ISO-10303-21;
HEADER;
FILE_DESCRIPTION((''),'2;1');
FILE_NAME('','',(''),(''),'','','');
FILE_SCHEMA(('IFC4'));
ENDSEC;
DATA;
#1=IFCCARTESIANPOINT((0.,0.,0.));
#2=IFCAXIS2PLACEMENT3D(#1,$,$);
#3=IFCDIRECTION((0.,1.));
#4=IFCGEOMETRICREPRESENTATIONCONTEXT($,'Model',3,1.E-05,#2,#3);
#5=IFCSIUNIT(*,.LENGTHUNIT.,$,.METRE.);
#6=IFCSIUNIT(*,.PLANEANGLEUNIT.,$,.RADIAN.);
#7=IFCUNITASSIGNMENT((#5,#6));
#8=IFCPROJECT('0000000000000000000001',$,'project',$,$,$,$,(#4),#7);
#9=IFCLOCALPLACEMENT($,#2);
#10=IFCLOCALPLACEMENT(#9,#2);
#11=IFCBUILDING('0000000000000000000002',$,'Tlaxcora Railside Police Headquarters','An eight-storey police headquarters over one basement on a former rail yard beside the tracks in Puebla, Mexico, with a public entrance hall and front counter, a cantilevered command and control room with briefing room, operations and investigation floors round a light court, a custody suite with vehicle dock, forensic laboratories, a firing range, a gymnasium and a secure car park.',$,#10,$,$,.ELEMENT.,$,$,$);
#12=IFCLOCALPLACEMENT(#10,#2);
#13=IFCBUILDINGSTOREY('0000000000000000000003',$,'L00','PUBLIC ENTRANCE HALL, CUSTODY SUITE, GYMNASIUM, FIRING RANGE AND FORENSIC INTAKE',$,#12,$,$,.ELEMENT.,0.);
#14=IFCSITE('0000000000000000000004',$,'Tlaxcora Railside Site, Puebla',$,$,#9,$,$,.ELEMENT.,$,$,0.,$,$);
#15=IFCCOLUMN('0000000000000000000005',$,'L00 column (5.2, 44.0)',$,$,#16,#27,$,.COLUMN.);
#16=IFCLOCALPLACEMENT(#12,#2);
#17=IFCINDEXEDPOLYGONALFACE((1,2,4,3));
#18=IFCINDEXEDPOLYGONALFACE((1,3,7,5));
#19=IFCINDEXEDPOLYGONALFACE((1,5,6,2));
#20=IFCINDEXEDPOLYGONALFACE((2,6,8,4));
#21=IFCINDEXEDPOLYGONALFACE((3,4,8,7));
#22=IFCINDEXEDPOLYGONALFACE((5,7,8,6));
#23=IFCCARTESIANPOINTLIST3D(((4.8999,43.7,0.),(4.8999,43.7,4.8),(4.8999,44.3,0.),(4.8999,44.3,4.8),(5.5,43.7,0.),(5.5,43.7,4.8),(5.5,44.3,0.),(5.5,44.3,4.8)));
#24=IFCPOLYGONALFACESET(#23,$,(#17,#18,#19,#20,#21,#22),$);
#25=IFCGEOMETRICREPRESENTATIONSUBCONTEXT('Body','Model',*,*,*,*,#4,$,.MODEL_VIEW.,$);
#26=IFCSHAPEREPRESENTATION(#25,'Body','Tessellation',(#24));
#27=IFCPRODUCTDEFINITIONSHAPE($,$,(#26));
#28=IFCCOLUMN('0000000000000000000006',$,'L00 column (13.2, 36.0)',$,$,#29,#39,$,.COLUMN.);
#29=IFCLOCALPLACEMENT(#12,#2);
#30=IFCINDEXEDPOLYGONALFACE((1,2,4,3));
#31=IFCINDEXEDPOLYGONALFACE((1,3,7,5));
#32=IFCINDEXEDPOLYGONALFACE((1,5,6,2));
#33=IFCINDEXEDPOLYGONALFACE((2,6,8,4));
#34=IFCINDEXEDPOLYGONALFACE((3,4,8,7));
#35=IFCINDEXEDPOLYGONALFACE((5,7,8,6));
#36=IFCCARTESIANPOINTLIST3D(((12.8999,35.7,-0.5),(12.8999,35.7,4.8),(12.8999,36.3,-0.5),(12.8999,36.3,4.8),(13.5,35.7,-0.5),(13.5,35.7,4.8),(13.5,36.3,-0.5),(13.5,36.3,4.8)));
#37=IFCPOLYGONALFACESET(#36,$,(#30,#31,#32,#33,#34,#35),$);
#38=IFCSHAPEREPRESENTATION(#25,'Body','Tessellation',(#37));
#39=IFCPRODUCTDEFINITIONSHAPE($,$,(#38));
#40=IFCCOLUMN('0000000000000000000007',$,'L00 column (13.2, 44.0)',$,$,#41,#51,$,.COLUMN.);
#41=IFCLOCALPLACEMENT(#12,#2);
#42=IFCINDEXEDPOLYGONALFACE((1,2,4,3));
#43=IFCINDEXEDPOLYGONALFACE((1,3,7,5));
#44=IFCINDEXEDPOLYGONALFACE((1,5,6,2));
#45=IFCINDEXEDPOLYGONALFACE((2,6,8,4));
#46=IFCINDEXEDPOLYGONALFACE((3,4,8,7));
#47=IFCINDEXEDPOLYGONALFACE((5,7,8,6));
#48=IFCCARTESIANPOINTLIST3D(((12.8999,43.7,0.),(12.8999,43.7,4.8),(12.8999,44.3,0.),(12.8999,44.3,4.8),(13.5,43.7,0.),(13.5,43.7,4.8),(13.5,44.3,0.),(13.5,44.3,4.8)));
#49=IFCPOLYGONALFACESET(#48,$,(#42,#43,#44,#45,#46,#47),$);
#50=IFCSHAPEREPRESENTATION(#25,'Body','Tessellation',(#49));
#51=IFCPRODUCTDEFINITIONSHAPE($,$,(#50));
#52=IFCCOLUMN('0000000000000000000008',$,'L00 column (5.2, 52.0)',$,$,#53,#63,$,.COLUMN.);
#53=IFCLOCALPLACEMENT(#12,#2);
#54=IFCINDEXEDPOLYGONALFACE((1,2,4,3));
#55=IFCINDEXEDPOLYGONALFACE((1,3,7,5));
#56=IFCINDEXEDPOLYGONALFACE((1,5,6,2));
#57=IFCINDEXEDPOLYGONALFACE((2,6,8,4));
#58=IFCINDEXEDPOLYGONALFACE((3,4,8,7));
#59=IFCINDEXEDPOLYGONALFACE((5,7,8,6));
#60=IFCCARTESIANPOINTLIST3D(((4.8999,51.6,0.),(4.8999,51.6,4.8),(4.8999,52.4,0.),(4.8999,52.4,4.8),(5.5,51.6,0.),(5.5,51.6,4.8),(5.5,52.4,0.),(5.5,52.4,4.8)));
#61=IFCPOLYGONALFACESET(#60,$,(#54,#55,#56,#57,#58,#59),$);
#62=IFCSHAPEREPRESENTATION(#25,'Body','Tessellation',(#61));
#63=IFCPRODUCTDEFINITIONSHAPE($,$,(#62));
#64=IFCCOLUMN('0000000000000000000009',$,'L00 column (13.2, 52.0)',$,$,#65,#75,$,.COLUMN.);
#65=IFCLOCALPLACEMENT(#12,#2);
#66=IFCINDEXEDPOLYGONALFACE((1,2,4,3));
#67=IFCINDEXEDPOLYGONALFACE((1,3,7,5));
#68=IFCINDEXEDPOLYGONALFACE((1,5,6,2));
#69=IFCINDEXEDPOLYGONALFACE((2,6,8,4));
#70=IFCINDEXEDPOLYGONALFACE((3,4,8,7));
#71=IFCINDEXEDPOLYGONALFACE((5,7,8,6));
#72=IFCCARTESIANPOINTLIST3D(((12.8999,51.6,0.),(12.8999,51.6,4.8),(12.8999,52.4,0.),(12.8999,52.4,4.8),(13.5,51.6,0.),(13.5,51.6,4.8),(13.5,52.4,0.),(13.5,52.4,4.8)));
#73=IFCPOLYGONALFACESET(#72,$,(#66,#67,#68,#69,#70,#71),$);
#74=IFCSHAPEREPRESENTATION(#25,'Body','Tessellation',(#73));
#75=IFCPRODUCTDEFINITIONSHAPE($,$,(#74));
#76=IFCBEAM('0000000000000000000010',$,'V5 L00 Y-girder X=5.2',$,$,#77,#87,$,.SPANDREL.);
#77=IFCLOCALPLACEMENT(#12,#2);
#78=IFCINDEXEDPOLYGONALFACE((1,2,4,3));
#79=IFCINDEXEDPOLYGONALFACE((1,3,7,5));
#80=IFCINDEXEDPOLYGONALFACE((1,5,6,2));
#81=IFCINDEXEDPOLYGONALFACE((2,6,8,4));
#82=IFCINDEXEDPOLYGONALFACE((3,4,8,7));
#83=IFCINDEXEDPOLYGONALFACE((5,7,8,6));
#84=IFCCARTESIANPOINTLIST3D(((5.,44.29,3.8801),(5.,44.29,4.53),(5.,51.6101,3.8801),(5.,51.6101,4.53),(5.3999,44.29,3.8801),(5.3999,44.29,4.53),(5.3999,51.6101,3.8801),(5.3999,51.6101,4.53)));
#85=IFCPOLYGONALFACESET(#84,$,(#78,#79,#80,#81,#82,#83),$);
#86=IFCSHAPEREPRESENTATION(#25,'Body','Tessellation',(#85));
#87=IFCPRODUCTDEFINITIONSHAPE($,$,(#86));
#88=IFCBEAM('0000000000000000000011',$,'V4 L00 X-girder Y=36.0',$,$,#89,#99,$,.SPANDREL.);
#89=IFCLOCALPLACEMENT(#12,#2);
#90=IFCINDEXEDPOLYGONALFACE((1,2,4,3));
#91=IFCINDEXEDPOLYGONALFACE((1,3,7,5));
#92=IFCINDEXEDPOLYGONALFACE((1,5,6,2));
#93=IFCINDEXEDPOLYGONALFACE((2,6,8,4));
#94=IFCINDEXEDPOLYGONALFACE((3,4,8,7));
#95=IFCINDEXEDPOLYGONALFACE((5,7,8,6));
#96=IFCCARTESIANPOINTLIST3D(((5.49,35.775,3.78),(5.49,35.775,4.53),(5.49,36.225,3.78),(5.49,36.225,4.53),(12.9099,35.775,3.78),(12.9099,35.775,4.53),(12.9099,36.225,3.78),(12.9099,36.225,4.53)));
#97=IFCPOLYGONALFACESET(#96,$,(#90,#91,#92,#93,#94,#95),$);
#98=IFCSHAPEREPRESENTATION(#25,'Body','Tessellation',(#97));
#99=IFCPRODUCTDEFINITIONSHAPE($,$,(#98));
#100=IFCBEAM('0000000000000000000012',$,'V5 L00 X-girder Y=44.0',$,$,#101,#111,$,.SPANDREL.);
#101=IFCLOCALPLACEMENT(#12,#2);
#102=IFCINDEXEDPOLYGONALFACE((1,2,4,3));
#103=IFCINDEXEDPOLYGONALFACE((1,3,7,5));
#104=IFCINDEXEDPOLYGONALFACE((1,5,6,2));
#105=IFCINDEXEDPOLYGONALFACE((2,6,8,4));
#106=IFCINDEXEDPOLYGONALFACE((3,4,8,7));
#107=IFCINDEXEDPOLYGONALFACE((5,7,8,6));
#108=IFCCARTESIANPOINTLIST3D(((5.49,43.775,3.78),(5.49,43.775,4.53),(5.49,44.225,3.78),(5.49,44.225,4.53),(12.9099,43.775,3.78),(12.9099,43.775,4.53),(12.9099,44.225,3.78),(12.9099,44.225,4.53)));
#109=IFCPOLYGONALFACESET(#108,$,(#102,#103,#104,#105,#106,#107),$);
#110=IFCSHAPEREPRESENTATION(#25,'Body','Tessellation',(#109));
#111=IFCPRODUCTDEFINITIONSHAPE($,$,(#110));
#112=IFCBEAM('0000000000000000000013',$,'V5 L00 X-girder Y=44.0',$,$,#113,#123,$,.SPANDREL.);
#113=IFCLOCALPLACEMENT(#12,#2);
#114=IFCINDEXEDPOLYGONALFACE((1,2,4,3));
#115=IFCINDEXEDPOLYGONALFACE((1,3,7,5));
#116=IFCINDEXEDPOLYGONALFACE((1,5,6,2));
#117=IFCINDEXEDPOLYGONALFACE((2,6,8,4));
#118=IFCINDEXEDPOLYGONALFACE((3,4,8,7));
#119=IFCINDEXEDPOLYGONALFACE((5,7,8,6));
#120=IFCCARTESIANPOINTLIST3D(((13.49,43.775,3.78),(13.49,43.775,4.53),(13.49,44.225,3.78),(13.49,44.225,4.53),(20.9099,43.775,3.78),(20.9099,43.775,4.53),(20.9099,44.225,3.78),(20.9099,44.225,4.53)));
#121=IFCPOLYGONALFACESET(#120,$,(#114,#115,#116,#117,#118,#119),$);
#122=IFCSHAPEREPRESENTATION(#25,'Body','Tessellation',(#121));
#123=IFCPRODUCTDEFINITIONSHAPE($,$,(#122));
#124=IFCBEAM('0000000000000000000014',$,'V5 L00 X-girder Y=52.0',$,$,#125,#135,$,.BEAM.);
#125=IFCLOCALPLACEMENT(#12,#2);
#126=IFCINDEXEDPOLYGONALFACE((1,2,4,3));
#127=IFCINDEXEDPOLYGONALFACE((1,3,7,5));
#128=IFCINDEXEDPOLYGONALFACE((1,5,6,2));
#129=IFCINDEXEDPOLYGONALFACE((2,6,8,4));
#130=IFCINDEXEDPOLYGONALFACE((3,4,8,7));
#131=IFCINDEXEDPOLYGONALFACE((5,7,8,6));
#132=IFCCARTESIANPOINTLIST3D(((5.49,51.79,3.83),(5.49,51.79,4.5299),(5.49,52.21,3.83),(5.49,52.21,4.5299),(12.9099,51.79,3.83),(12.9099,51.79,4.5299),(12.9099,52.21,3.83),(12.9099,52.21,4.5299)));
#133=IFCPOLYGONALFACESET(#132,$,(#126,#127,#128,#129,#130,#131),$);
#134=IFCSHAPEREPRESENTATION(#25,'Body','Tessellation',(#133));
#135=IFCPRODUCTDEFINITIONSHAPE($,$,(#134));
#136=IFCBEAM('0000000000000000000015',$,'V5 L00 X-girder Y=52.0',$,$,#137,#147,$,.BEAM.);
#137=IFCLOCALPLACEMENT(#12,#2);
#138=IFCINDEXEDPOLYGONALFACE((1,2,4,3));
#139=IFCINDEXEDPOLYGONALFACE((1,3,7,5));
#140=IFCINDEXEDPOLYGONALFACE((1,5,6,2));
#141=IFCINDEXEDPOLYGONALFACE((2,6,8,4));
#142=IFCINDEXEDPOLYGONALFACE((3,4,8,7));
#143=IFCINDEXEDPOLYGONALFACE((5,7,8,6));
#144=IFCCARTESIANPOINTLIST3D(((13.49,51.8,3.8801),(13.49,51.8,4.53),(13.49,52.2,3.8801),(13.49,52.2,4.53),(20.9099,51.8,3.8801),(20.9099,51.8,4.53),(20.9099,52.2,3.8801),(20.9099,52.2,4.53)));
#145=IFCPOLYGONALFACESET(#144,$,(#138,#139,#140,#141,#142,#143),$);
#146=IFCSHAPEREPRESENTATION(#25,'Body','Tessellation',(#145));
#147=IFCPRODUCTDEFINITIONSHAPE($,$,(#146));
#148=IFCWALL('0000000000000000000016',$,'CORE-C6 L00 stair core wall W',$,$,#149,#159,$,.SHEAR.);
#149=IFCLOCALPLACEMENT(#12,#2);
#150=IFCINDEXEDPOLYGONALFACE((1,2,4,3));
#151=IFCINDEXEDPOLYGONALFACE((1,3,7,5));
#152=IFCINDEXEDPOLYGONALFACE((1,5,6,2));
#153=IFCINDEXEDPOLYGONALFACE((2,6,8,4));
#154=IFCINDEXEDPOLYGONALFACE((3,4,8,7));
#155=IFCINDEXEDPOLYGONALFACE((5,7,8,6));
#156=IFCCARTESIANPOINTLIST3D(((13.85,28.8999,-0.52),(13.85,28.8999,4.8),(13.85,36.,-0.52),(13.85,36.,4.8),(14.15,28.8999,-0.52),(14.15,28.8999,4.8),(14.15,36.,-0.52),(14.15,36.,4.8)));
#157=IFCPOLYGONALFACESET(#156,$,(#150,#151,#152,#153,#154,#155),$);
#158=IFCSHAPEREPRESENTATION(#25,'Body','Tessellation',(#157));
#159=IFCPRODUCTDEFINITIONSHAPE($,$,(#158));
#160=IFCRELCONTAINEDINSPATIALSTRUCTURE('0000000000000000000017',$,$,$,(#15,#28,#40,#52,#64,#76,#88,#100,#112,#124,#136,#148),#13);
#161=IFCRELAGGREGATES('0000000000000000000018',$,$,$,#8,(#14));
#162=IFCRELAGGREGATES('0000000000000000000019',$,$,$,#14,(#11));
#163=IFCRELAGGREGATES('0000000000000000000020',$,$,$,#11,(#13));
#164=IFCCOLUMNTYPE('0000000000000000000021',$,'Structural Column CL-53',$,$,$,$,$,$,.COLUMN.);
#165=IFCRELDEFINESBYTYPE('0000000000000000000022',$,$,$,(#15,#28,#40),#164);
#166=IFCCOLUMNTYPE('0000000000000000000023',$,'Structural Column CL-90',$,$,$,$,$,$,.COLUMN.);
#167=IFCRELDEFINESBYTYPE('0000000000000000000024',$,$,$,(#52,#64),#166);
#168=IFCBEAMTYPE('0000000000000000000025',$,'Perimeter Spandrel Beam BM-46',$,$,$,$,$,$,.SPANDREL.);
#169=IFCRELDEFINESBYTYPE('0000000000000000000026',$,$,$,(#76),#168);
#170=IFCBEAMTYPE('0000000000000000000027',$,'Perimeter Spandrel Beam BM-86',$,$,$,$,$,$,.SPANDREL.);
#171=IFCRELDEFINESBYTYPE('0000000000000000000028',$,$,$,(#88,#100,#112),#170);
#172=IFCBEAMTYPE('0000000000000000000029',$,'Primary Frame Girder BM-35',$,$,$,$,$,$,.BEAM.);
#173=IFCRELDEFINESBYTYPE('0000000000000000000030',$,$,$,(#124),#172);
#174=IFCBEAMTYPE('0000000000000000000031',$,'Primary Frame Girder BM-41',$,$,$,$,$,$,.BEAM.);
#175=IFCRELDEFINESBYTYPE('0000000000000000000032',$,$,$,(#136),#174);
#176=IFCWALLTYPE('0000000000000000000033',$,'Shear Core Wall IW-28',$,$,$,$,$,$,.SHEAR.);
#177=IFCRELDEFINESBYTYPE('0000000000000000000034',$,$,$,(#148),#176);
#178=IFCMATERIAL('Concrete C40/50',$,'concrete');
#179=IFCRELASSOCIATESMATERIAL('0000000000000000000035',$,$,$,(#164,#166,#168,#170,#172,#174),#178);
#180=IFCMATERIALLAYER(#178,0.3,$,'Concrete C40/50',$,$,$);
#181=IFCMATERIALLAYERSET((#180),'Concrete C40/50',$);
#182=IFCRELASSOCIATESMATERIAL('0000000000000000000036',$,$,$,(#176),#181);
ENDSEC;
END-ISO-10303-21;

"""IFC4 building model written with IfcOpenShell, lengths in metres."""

from ifc_helpers import new_model, si_unit, direction, frame, frame_2d, origin, origin_2d, place, context, subcontext, project, spatial, rectangle, extrude, material, layer, layer_set, material_profile, profile_set, type_object, element, save


model = new_model("IFC4")

# Units and contexts
model_context = context("Model", 3, precision=1e-05, world=origin(), true_north=direction((0.0, 1.0)))
body_context = subcontext(model_context, "Body", "Model", "MODEL_VIEW")
ifc_project = project(units=[si_unit("LENGTHUNIT", "METRE"), si_unit("PLANEANGLEUNIT", "RADIAN")], contexts=[model_context])

# Site, building, storey
site_placement = place(None, origin())
site = spatial("IfcSite", under=ifc_project, at=site_placement, Name="Tlaxcora Railside Site, Puebla", CompositionType="ELEMENT", RefElevation=0.0)
building_placement = place(site_placement, origin())
building = spatial("IfcBuilding", under=site, at=building_placement, Name="Tlaxcora Railside Police Headquarters", Description="An eight-storey police headquarters over one basement on a former rail yard beside the tracks in Puebla, Mexico, with a public entrance hall and front counter, a cantilevered command and control room with briefing room, operations and investigation floors round a light court, a custody suite with vehicle dock, forensic laboratories, a firing range, a gymnasium and a secure car park.", CompositionType="ELEMENT")
storey_placement = place(building_placement, origin())
storey = spatial("IfcBuildingStorey", under=building, at=storey_placement, Name="L00", Description="PUBLIC ENTRANCE HALL, CUSTODY SUITE, GYMNASIUM, FIRING RANGE AND FORENSIC INTAKE", CompositionType="ELEMENT", Elevation=0.0)

# Shared definitions
ifc_material_1 = material(Name="Concrete C40/50", Category="concrete")

# Columns
ifc_material_profile_1 = material_profile(ifc_material_1, rectangle(XDim=0.6001, YDim=0.6001, at=origin_2d()), Name="RC600X600")
ifc_profile_set_1 = profile_set([ifc_material_profile_1], Name="Concrete C40/50")
column_type_1 = type_object("IfcColumnType", Name="Structural Column CL-53", PredefinedType="COLUMN", material=ifc_profile_set_1)
column_1_placement = place(storey_placement, frame((5.2, 44.0, 0.0), z_axis=(0.0, 0.0, 1.0), x_axis=(1.0, 0.0, 0.0)))
element("IfcColumn", 1, at=column_1_placement, inside=storey, type_object=column_type_1, Name="L00 column (5.2, 44.0)", PredefinedType="COLUMN", context=body_context, shape_type="SweptSolid", body=[
    extrude(rectangle(XDim=0.6001, YDim=0.6001, at=origin_2d()), origin(), (0.0, 0.0, 1.0), 4.8),
])
column_2_placement = place(storey_placement, frame((13.2, 36.0, -0.5), z_axis=(0.0, 0.0, 1.0), x_axis=(1.0, 0.0, 0.0)))
element("IfcColumn", 2, at=column_2_placement, inside=storey, type_object=column_type_1, Name="L00 column (13.2, 36.0)", PredefinedType="COLUMN", context=body_context, shape_type="SweptSolid", body=[
    extrude(rectangle(XDim=0.6001, YDim=0.6001, at=origin_2d()), origin(), (0.0, 0.0, 1.0), 5.3),
])
column_3_placement = place(storey_placement, frame((13.2, 44.0, 0.0), z_axis=(0.0, 0.0, 1.0), x_axis=(1.0, 0.0, 0.0)))
element("IfcColumn", 3, at=column_3_placement, inside=storey, type_object=column_type_1, Name="L00 column (13.2, 44.0)", PredefinedType="COLUMN", context=body_context, shape_type="SweptSolid", body=[
    extrude(rectangle(XDim=0.6001, YDim=0.6001, at=origin_2d()), origin(), (0.0, 0.0, 1.0), 4.8),
])
ifc_material_profile_2 = material_profile(ifc_material_1, rectangle(XDim=0.6001, YDim=0.8, at=origin_2d()), Name="RC600X800")
ifc_profile_set_2 = profile_set([ifc_material_profile_2], Name="Concrete C40/50")
column_type_2 = type_object("IfcColumnType", Name="Structural Column CL-90", PredefinedType="COLUMN", material=ifc_profile_set_2)
for number, where, z_axis, x_axis, name in (
    (4, (5.2, 52.0, 0.0), (0.0, 0.0, 1.0), (1.0, 0.0, 0.0), "L00 column (5.2, 52.0)"),
    (5, (13.2, 52.0, 0.0), (0.0, 0.0, 1.0), (1.0, 0.0, 0.0), "L00 column (13.2, 52.0)"),
):
    element("IfcColumn", number, at=place(storey_placement, frame(where, z_axis=z_axis, x_axis=x_axis)), inside=storey, type_object=column_type_2, Name=name, PredefinedType="COLUMN", context=body_context, shape_type="SweptSolid", body=[
        extrude(rectangle(XDim=0.6001, YDim=0.8, at=origin_2d()), origin(), (0.0, 0.0, 1.0), 4.8),
    ])

# Beams
ifc_material_profile_3 = material_profile(ifc_material_1, rectangle(XDim=0.3999, YDim=0.6499, at=origin_2d()), Name="RC400X650")
ifc_profile_set_3 = profile_set([ifc_material_profile_3], Name="Concrete C40/50")
beam_type_1 = type_object("IfcBeamType", Name="Perimeter Spandrel Beam BM-46", PredefinedType="SPANDREL", material=ifc_profile_set_3)
beam_1_placement = place(storey_placement, frame((5.2, 44.29, 4.2051), z_axis=(0.0, 1.0, 0.0), x_axis=(-1.0, 0.0, 0.0)))
element("IfcBeam", 6, at=beam_1_placement, inside=storey, type_object=beam_type_1, Name="V5 L00 Y-girder X=5.2", PredefinedType="SPANDREL", context=body_context, shape_type="SweptSolid", body=[
    extrude(rectangle(XDim=0.3999, YDim=0.6499, at=origin_2d()), origin(), (0.0, 0.0, 1.0), 7.3201),
])
ifc_material_profile_4 = material_profile(ifc_material_1, rectangle(XDim=0.45, YDim=0.75, at=origin_2d()), Name="RC450X750")
ifc_profile_set_4 = profile_set([ifc_material_profile_4], Name="Concrete C40/50")
beam_type_2 = type_object("IfcBeamType", Name="Perimeter Spandrel Beam BM-86", PredefinedType="SPANDREL", material=ifc_profile_set_4)
for number, where, z_axis, x_axis, name in (
    (7, (5.49, 36.0, 4.155), (1.0, 0.0, 0.0), (0.0, 1.0, 0.0), "V4 L00 X-girder Y=36.0"),
    (8, (5.49, 44.0, 4.155), (1.0, 0.0, 0.0), (0.0, 1.0, 0.0), "V5 L00 X-girder Y=44.0"),
    (9, (13.49, 44.0, 4.155), (1.0, 0.0, 0.0), (0.0, 1.0, 0.0), "V5 L00 X-girder Y=44.0"),
):
    element("IfcBeam", number, at=place(storey_placement, frame(where, z_axis=z_axis, x_axis=x_axis)), inside=storey, type_object=beam_type_2, Name=name, PredefinedType="SPANDREL", context=body_context, shape_type="SweptSolid", body=[
        extrude(rectangle(XDim=0.45, YDim=0.75, at=origin_2d()), origin(), (0.0, 0.0, 1.0), 7.4199),
    ])
ifc_material_profile_5 = material_profile(ifc_material_1, rectangle(XDim=0.4199, YDim=0.7, at=origin_2d()), Name="RC420X700")
ifc_profile_set_5 = profile_set([ifc_material_profile_5], Name="Concrete C40/50")
beam_type_3 = type_object("IfcBeamType", Name="Primary Frame Girder BM-35", PredefinedType="BEAM", material=ifc_profile_set_5)
beam_2_placement = place(storey_placement, frame((5.49, 52.0, 4.1799), z_axis=(1.0, 0.0, 0.0), x_axis=(0.0, 1.0, 0.0)))
element("IfcBeam", 10, at=beam_2_placement, inside=storey, type_object=beam_type_3, Name="V5 L00 X-girder Y=52.0", PredefinedType="BEAM", context=body_context, shape_type="SweptSolid", body=[
    extrude(rectangle(XDim=0.4199, YDim=0.7, at=origin_2d()), origin(), (0.0, 0.0, 1.0), 7.4199),
])
ifc_material_profile_6 = material_profile(ifc_material_1, rectangle(XDim=0.3999, YDim=0.6499, at=origin_2d()), Name="RC400X650")
ifc_profile_set_6 = profile_set([ifc_material_profile_6], Name="Concrete C40/50")
beam_type_4 = type_object("IfcBeamType", Name="Primary Frame Girder BM-41", PredefinedType="BEAM", material=ifc_profile_set_6)
beam_3_placement = place(storey_placement, frame((13.49, 52.0, 4.2051), z_axis=(1.0, 0.0, 0.0), x_axis=(0.0, 1.0, 0.0)))
element("IfcBeam", 11, at=beam_3_placement, inside=storey, type_object=beam_type_4, Name="V5 L00 X-girder Y=52.0", PredefinedType="BEAM", context=body_context, shape_type="SweptSolid", body=[
    extrude(rectangle(XDim=0.3999, YDim=0.6499, at=origin_2d()), origin(), (0.0, 0.0, 1.0), 7.4199),
])

# Wall
ifc_layer_1 = layer(ifc_material_1, 0.3, Name="Concrete C40/50")
ifc_layer_set_1 = layer_set([ifc_layer_1], Name="Concrete C40/50")
wall_type_1 = type_object("IfcWallType", Name="Shear Core Wall IW-28", PredefinedType="SHEAR", material=ifc_layer_set_1)
wall_1_placement = place(storey_placement, frame((14.0, 36.0, -0.52), z_axis=(0.0, 0.0, 1.0), x_axis=(0.0, -1.0, 0.0)))
element("IfcWall", 12, at=wall_1_placement, inside=storey, type_object=wall_type_1, Name="CORE-C6 L00 stair core wall W", PredefinedType="SHEAR", context=body_context, shape_type="SweptSolid", body=[
    extrude(rectangle(XDim=7.1001, YDim=0.3, at=frame_2d((3.55, 0.0))), origin(), (0.0, 0.0, 1.0), 5.3201),
])

save(model, "model.ifc")
